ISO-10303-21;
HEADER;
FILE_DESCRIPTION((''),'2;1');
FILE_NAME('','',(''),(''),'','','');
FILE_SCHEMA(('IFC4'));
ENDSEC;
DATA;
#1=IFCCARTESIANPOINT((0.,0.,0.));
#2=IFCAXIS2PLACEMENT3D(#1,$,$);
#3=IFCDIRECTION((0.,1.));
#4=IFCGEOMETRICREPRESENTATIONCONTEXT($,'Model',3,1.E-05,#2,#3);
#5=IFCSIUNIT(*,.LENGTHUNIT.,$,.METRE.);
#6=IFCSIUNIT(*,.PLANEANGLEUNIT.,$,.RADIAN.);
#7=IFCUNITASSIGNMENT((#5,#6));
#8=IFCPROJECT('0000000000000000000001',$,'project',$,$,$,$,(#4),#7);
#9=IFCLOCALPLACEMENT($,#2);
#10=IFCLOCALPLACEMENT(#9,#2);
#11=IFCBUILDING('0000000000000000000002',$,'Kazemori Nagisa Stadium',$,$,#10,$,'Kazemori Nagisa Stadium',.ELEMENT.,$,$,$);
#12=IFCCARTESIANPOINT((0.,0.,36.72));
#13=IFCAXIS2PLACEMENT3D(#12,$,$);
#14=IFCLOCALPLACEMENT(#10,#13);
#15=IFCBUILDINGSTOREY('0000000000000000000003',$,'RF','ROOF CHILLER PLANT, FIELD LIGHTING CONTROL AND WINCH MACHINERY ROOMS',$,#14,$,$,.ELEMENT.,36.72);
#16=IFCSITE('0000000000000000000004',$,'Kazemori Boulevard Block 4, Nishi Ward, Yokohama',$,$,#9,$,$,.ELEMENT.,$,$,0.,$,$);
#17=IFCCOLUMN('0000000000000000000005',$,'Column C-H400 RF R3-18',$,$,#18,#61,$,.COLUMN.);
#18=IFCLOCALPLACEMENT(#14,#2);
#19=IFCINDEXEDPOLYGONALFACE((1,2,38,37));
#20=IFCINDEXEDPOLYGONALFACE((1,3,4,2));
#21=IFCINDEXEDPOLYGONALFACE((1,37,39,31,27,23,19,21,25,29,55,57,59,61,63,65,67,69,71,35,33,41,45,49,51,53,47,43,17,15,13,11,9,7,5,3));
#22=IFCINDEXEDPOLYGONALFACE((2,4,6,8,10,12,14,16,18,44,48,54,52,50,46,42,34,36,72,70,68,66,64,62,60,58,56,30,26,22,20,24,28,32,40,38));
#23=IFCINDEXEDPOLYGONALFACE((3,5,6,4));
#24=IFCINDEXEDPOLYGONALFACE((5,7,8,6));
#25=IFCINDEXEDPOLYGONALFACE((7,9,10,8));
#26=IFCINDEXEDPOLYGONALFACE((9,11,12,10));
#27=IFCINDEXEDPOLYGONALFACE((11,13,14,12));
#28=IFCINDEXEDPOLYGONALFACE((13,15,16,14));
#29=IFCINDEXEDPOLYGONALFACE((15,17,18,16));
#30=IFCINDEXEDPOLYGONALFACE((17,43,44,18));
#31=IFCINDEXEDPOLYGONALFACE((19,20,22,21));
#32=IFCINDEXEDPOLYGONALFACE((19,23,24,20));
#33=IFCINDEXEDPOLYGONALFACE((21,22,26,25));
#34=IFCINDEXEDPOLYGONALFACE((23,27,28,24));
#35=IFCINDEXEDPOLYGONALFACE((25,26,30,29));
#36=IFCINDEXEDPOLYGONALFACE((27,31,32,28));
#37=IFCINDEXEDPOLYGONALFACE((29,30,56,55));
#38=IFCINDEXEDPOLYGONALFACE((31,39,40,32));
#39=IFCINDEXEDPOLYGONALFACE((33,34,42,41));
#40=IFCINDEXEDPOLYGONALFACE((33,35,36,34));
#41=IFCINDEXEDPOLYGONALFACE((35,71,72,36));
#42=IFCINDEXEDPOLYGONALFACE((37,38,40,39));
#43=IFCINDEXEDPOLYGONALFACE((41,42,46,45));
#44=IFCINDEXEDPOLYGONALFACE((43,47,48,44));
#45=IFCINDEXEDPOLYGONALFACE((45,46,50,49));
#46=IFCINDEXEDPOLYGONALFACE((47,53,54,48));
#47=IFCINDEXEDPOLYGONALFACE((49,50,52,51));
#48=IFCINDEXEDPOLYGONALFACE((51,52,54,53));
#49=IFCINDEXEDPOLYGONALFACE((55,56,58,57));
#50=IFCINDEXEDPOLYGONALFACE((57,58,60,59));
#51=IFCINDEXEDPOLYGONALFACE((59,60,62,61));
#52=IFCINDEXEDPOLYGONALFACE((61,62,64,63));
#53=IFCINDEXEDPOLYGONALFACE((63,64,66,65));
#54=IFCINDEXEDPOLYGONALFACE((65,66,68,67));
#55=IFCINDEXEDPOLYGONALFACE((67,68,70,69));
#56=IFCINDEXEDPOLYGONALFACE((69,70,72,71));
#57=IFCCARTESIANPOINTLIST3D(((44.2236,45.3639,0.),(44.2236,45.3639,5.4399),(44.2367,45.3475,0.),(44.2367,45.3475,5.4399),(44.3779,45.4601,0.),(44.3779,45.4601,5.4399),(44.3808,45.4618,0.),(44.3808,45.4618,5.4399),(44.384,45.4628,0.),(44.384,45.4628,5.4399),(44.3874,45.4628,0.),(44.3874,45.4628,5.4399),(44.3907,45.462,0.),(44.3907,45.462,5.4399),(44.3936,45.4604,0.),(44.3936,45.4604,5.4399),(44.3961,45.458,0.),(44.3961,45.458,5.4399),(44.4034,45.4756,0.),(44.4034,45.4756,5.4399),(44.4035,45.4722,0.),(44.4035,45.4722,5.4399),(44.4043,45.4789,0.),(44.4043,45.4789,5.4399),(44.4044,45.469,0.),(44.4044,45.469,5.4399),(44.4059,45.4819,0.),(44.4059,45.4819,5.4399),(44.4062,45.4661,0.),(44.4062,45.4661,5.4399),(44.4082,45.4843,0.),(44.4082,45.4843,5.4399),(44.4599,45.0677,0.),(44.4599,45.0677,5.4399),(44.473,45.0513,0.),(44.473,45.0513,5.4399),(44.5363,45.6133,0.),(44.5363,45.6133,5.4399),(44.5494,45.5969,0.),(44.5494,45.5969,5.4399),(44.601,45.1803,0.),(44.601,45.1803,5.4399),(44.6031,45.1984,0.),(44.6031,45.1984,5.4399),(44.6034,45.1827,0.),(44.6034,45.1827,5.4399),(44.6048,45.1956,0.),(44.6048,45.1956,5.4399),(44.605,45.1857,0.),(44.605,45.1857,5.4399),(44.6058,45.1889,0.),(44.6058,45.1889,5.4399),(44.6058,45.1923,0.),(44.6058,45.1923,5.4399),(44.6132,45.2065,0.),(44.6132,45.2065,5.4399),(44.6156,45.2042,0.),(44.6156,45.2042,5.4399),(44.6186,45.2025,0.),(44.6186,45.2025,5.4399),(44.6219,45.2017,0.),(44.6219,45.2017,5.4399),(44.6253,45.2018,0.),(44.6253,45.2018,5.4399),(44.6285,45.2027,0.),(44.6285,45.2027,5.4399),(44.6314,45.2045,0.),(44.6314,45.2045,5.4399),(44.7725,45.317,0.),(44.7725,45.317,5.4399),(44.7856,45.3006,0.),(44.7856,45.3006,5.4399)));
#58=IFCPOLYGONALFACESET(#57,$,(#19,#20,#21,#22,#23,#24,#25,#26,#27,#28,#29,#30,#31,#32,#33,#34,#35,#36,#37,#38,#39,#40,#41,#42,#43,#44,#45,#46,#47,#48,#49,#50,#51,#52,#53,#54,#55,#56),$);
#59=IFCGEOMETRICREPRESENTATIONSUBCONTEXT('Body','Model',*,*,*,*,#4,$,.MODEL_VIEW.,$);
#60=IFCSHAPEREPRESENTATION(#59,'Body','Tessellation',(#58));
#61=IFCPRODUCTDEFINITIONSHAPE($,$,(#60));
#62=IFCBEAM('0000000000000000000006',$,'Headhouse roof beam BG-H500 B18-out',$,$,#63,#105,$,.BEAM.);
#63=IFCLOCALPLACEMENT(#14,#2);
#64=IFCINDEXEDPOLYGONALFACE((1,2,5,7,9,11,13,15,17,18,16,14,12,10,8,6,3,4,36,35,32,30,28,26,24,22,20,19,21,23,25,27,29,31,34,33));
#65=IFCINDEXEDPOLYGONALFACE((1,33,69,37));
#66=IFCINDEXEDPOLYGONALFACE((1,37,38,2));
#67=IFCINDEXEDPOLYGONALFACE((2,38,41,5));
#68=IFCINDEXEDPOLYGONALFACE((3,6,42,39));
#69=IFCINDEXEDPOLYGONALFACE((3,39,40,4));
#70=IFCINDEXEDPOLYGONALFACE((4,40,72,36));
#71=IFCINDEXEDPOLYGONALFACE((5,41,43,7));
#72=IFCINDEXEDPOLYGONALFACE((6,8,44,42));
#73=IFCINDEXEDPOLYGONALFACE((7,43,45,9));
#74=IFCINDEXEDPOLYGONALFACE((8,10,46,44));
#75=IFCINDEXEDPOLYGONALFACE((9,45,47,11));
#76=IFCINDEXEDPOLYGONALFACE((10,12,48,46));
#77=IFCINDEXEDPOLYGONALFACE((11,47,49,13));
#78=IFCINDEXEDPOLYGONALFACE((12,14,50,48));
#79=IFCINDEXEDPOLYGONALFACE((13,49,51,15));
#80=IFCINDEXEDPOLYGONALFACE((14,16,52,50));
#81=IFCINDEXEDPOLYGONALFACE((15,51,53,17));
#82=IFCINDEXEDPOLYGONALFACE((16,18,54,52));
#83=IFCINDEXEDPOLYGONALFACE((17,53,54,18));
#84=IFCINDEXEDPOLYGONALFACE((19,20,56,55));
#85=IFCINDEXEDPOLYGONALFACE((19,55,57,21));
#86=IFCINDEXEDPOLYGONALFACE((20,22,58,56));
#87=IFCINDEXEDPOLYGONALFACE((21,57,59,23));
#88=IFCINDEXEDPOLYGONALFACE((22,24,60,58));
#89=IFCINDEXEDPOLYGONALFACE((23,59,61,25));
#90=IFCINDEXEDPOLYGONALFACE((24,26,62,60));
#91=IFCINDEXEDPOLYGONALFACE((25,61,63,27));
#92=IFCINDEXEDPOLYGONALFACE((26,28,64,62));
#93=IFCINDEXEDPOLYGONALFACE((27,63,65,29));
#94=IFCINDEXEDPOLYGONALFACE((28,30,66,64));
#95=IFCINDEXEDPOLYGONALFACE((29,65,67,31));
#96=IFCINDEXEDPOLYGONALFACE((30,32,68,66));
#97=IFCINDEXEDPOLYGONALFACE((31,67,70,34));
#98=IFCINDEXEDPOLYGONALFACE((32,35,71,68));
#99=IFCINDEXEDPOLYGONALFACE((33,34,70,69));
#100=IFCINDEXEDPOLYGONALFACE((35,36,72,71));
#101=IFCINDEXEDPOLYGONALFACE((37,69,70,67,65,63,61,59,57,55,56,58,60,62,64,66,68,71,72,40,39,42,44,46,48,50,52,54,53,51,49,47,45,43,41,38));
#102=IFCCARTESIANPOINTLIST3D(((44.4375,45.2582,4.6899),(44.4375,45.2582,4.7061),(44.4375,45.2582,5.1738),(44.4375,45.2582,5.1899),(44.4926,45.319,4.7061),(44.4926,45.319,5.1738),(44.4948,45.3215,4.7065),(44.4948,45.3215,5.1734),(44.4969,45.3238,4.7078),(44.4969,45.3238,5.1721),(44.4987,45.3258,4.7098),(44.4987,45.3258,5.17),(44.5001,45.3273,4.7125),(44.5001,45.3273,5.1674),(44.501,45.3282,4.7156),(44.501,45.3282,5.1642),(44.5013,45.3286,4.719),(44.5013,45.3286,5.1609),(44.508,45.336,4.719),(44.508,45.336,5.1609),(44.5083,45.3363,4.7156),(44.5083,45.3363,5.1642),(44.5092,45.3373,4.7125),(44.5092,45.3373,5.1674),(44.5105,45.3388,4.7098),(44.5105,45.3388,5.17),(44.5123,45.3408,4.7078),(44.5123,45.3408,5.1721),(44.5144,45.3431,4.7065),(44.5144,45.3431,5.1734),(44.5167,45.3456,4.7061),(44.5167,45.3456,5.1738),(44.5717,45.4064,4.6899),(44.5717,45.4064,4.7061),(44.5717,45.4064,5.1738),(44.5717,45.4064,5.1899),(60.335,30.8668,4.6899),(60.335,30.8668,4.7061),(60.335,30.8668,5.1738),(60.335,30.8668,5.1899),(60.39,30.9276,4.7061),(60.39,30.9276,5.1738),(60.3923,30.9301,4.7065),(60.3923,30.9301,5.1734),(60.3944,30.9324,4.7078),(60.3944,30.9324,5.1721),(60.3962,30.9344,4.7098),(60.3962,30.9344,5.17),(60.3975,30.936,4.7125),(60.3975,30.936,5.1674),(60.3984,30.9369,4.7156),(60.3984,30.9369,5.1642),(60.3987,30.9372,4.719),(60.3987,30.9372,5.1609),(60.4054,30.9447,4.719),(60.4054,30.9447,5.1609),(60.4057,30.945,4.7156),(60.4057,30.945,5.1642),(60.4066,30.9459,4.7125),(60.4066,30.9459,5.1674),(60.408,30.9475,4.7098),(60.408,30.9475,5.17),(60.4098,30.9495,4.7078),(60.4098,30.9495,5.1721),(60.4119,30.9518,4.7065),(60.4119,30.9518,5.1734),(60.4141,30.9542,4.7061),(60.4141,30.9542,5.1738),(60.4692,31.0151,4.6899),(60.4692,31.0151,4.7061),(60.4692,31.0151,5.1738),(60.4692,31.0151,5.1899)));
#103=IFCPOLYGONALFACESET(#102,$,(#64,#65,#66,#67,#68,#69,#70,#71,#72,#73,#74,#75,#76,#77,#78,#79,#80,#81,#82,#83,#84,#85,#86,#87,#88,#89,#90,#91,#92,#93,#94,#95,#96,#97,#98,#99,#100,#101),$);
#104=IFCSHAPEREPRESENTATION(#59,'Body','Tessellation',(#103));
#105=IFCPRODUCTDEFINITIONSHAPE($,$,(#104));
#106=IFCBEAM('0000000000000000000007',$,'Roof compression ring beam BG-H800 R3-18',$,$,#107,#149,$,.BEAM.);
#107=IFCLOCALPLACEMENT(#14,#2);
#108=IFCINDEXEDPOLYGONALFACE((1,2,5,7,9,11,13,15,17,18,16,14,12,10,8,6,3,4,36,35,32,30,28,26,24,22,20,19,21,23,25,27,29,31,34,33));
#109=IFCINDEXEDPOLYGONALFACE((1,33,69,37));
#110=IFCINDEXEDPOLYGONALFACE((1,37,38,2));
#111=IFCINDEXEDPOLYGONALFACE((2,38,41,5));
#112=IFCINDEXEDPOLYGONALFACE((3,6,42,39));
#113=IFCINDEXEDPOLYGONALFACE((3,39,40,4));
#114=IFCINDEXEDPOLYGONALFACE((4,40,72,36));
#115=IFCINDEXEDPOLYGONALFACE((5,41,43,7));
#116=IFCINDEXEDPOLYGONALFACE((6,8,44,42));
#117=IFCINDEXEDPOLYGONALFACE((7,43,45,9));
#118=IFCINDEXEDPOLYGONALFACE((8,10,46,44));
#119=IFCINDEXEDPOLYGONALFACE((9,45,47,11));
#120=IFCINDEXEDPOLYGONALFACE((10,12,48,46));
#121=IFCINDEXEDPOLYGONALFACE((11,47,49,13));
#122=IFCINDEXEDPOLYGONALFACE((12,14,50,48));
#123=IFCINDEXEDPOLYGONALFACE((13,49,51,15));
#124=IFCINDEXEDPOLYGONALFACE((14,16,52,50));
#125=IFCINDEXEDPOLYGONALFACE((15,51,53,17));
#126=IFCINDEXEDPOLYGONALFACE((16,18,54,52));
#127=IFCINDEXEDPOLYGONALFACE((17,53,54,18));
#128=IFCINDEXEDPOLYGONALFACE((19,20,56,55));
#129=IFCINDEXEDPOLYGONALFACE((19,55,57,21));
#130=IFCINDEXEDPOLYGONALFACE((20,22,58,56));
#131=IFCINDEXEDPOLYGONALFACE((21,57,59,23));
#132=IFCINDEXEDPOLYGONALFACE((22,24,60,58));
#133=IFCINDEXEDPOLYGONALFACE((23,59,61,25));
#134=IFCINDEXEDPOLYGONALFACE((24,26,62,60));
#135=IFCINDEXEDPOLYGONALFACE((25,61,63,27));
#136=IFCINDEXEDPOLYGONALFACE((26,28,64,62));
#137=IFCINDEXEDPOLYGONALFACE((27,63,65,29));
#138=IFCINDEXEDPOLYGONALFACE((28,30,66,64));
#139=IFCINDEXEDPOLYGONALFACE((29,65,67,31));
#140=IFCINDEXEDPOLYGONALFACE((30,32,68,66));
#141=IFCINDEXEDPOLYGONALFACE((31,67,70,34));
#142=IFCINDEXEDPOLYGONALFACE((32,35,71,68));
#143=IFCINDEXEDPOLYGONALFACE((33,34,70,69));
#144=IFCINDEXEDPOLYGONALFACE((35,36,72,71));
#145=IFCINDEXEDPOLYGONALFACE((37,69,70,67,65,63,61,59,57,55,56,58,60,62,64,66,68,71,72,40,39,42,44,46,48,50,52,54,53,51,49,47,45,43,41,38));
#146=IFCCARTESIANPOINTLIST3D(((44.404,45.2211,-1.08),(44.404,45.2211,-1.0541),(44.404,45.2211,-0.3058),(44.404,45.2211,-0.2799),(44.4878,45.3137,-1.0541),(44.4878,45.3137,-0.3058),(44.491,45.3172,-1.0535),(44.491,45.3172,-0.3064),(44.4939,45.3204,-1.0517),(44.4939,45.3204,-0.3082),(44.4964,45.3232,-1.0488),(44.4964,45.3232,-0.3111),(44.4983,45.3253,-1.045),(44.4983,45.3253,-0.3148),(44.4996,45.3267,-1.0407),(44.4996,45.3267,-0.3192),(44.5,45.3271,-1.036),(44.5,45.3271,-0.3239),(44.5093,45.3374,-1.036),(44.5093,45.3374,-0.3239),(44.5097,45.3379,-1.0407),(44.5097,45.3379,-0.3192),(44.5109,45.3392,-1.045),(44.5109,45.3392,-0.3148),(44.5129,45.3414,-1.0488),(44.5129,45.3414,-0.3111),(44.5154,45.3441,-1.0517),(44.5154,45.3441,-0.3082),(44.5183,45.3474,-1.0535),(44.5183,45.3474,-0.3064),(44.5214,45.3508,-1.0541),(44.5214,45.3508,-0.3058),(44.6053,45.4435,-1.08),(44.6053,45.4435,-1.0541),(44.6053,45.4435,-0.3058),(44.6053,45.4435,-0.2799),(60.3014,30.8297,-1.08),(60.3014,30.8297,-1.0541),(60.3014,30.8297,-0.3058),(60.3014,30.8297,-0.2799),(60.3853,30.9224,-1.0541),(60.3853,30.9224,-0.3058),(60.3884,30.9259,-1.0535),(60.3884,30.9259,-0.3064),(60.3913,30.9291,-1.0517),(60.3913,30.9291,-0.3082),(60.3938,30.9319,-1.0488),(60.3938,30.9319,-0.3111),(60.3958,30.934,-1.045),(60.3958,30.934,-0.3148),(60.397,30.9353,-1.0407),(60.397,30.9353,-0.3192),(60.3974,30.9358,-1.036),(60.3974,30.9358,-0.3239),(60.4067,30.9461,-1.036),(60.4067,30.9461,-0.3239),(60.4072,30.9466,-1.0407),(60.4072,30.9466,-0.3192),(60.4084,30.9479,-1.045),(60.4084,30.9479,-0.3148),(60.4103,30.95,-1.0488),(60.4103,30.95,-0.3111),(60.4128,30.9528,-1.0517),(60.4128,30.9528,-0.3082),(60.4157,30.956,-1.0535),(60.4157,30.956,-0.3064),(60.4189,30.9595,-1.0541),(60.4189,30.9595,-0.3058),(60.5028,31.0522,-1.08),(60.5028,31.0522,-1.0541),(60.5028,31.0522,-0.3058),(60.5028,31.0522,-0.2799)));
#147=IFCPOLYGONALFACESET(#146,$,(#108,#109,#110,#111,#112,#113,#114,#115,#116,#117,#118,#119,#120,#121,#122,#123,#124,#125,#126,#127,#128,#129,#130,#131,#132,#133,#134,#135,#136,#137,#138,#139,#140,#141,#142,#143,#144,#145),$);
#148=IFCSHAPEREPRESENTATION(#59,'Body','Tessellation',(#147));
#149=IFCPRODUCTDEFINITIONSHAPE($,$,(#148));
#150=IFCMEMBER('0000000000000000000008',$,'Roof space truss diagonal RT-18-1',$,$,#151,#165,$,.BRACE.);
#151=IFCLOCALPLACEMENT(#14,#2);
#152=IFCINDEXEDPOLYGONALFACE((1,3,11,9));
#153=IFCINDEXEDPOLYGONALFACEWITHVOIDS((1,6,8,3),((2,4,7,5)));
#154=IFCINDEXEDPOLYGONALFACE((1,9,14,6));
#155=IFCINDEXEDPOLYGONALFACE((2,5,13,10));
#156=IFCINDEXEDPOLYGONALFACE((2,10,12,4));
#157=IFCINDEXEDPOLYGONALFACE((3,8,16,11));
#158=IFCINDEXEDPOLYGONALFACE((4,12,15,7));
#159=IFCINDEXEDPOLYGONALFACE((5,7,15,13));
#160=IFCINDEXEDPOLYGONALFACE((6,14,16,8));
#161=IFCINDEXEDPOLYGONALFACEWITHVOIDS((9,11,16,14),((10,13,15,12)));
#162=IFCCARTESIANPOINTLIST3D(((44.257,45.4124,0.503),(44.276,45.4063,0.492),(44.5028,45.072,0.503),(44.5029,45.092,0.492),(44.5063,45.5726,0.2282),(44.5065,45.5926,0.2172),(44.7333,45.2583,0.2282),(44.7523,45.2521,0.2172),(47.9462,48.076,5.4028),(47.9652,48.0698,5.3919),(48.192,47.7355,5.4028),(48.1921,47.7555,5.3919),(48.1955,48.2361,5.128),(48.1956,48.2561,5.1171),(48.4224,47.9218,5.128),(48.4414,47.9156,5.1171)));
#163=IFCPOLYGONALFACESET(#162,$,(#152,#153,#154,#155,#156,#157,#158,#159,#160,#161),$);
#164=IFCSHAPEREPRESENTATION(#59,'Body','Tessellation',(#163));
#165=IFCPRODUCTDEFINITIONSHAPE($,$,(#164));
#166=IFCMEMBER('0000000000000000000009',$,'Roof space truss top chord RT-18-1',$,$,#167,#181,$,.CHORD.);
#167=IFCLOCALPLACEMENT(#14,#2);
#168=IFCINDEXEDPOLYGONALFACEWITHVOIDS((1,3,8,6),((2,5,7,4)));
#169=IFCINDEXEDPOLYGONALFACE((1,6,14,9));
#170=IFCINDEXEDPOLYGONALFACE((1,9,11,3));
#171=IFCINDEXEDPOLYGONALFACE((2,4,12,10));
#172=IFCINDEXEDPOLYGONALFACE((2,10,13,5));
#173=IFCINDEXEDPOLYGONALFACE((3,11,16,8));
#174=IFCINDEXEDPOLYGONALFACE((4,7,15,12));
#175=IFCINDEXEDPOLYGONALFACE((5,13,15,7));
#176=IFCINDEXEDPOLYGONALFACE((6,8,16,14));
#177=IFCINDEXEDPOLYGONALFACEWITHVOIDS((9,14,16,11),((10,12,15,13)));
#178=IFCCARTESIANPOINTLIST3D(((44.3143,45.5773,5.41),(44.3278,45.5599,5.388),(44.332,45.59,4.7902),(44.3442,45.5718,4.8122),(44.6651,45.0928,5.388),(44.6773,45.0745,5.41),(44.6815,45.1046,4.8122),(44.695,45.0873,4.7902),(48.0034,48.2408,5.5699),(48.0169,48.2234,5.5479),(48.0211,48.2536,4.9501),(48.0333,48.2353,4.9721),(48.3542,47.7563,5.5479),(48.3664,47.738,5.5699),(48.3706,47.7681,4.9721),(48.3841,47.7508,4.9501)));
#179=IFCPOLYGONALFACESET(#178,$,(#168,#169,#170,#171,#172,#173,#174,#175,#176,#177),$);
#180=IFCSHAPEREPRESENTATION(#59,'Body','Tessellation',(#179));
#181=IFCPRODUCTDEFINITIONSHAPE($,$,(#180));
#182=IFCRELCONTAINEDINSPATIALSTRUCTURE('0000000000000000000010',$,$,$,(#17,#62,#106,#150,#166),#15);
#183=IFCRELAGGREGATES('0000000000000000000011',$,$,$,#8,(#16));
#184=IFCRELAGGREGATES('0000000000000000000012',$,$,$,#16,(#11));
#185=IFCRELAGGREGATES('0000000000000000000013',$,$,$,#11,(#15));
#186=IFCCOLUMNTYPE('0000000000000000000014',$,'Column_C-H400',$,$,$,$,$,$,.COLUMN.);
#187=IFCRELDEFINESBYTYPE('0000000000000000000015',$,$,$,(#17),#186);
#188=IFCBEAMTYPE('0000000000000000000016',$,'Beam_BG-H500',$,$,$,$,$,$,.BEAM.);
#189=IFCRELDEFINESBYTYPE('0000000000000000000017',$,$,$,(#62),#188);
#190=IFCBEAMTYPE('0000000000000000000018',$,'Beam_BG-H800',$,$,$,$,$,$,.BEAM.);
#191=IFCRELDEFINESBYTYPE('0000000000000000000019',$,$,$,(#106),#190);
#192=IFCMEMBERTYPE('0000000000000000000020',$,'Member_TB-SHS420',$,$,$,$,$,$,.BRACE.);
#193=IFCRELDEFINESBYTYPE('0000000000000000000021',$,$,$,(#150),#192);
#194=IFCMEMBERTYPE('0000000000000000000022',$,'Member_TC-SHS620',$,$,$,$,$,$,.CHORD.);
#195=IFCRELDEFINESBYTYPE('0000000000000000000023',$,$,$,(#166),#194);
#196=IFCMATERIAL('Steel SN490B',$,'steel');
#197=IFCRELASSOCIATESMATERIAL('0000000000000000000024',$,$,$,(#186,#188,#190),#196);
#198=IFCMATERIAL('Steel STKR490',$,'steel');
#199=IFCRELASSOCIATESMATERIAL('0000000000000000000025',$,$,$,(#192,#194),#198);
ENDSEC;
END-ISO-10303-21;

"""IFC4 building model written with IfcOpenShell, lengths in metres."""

from ifc_helpers import new_model, si_unit, direction, frame, origin, origin_2d, place, context, subcontext, project, spatial, hollow_rectangle, i_section, extrude, material, material_profile, profile_set, type_object, element, save


model = new_model("IFC4")

# Units and contexts
model_context = context("Model", 3, precision=1e-05, world=origin(), true_north=direction((0.0, 1.0)))
body_context = subcontext(model_context, "Body", "Model", "MODEL_VIEW")
ifc_project = project(units=[si_unit("LENGTHUNIT", "METRE"), si_unit("PLANEANGLEUNIT", "RADIAN")], contexts=[model_context])

# Site, building, storey
site_placement = place(None, origin())
site = spatial("IfcSite", under=ifc_project, at=site_placement, Name="Kazemori Boulevard Block 4, Nishi Ward, Yokohama", CompositionType="ELEMENT", RefElevation=0.0)
building_placement = place(site_placement, origin())
building = spatial("IfcBuilding", under=site, at=building_placement, Name="Kazemori Nagisa Stadium", LongName="Kazemori Nagisa Stadium", CompositionType="ELEMENT")
storey_placement = place(building_placement, frame((0.0, 0.0, 36.72)))
storey = spatial("IfcBuildingStorey", under=building, at=storey_placement, Name="RF", Description="ROOF CHILLER PLANT, FIELD LIGHTING CONTROL AND WINCH MACHINERY ROOMS", CompositionType="ELEMENT", Elevation=36.72)

# Column
ifc_material_1 = material(Name="Steel SN490B", Category="steel")
ifc_material_profile_1 = material_profile(ifc_material_1, i_section(OverallWidth=0.3999, OverallDepth=0.3999, WebThickness=0.0129, FlangeThickness=0.021, FilletRadius=0.0129, at=origin_2d()), Name="H-400x400x13x21")
ifc_profile_set_1 = profile_set([ifc_material_profile_1], Name="Steel SN490B")
column_type = type_object("IfcColumnType", Name="Column_C-H400", PredefinedType="COLUMN", material=ifc_profile_set_1)
column_placement = place(storey_placement, frame((44.5046, 45.3323, 0.0), z_axis=(0.0, 0.0, 1.0), x_axis=(-0.781831, -0.62349, 0.0)))
element("IfcColumn", 1, at=column_placement, inside=storey, type_object=column_type, Name="Column C-H400 RF R3-18", PredefinedType="COLUMN", context=body_context, shape_type="SweptSolid", body=[
    extrude(i_section(OverallWidth=0.3999, OverallDepth=0.3999, WebThickness=0.0129, FlangeThickness=0.021, FilletRadius=0.0129, at=origin_2d()), origin(), (0.0, 0.0, 1.0), 5.4399),
])

# Beams
ifc_material_profile_2 = material_profile(ifc_material_1, i_section(OverallWidth=0.2, OverallDepth=0.5, WebThickness=0.01, FlangeThickness=0.0161, FilletRadius=0.0129, at=origin_2d()), Name="H-500x200x10x16")
ifc_profile_set_2 = profile_set([ifc_material_profile_2], Name="Steel SN490B")
beam_type_1 = type_object("IfcBeamType", Name="Beam_BG-H500", PredefinedType="BEAM", material=ifc_profile_set_2)
beam_1_placement = place(storey_placement, frame((44.5046, 45.3323, 4.9399), z_axis=(0.741352, -0.671117, 0.0), x_axis=(0.671117, 0.741352, 0.0)))
element("IfcBeam", 2, at=beam_1_placement, inside=storey, type_object=beam_type_1, Name="Headhouse roof beam BG-H500 B18-out", PredefinedType="BEAM", context=body_context, shape_type="SweptSolid", body=[
    extrude(i_section(OverallWidth=0.2, OverallDepth=0.5, WebThickness=0.01, FlangeThickness=0.0161, FilletRadius=0.0129, at=origin_2d()), origin(), (0.0, 0.0, 1.0), 21.4438),
])
ifc_material_profile_3 = material_profile(ifc_material_1, i_section(OverallWidth=0.3, OverallDepth=0.8, WebThickness=0.0139, FlangeThickness=0.0259, FilletRadius=0.0181, at=origin_2d()), Name="H-800x300x14x26")
ifc_profile_set_3 = profile_set([ifc_material_profile_3], Name="Steel SN490B")
beam_type_2 = type_object("IfcBeamType", Name="Beam_BG-H800", PredefinedType="BEAM", material=ifc_profile_set_3)
beam_2_placement = place(storey_placement, frame((44.5046, 45.3323, -0.6799), z_axis=(0.741352, -0.671117, 0.0), x_axis=(0.671117, 0.741352, 0.0)))
element("IfcBeam", 3, at=beam_2_placement, inside=storey, type_object=beam_type_2, Name="Roof compression ring beam BG-H800 R3-18", PredefinedType="BEAM", context=body_context, shape_type="SweptSolid", body=[
    extrude(i_section(OverallWidth=0.3, OverallDepth=0.8, WebThickness=0.0139, FlangeThickness=0.0259, FilletRadius=0.0181, at=origin_2d()), origin(), (0.0, 0.0, 1.0), 21.4438),
])

# Members
ifc_material_2 = material(Name="Steel STKR490", Category="steel")
ifc_material_profile_4 = material_profile(ifc_material_2, hollow_rectangle(XDim=0.4199, YDim=0.4199, WallThickness=0.0161, at=origin_2d()), Name="SHS-420x420x16")
ifc_profile_set_4 = profile_set([ifc_material_profile_4], Name="Steel STKR490")
member_type_1 = type_object("IfcMemberType", Name="Member_TB-SHS420", PredefinedType="BRACE", material=ifc_profile_set_4)
member_1_placement = place(storey_placement, frame((44.5046, 45.3323, 0.3601), z_axis=(0.551711, 0.39833, 0.732767), x_axis=(-0.585367, 0.810768, 0.0)))
element("IfcMember", 4, at=member_1_placement, inside=storey, type_object=member_type_1, Name="Roof space truss diagonal RT-18-1", PredefinedType="BRACE", context=body_context, shape_type="SweptSolid", body=[
    extrude(hollow_rectangle(XDim=0.4199, YDim=0.4199, WallThickness=0.0161, at=origin_2d()), origin(), (0.0, 0.0, 1.0), 6.6868),
])
ifc_material_profile_5 = material_profile(ifc_material_2, hollow_rectangle(XDim=0.6201, YDim=0.6201, WallThickness=0.022, at=origin_2d()), Name="SHS-620x620x22")
ifc_profile_set_5 = profile_set([ifc_material_profile_5], Name="Steel STKR490")
member_type_2 = type_object("IfcMemberType", Name="Member_TC-SHS620", PredefinedType="CHORD", material=ifc_profile_set_5)
member_2_placement = place(storey_placement, frame((44.5046, 45.3323, 5.1001), z_axis=(0.810268, 0.585006, 0.035122), x_axis=(-0.585367, 0.810768, 0.0)))
element("IfcMember", 5, at=member_2_placement, inside=storey, type_object=member_type_2, Name="Roof space truss top chord RT-18-1", PredefinedType="CHORD", context=body_context, shape_type="SweptSolid", body=[
    extrude(hollow_rectangle(XDim=0.6201, YDim=0.6201, WallThickness=0.022, at=origin_2d()), origin(), (0.0, 0.0, 1.0), 4.553),
])

save(model, "model.ifc")
